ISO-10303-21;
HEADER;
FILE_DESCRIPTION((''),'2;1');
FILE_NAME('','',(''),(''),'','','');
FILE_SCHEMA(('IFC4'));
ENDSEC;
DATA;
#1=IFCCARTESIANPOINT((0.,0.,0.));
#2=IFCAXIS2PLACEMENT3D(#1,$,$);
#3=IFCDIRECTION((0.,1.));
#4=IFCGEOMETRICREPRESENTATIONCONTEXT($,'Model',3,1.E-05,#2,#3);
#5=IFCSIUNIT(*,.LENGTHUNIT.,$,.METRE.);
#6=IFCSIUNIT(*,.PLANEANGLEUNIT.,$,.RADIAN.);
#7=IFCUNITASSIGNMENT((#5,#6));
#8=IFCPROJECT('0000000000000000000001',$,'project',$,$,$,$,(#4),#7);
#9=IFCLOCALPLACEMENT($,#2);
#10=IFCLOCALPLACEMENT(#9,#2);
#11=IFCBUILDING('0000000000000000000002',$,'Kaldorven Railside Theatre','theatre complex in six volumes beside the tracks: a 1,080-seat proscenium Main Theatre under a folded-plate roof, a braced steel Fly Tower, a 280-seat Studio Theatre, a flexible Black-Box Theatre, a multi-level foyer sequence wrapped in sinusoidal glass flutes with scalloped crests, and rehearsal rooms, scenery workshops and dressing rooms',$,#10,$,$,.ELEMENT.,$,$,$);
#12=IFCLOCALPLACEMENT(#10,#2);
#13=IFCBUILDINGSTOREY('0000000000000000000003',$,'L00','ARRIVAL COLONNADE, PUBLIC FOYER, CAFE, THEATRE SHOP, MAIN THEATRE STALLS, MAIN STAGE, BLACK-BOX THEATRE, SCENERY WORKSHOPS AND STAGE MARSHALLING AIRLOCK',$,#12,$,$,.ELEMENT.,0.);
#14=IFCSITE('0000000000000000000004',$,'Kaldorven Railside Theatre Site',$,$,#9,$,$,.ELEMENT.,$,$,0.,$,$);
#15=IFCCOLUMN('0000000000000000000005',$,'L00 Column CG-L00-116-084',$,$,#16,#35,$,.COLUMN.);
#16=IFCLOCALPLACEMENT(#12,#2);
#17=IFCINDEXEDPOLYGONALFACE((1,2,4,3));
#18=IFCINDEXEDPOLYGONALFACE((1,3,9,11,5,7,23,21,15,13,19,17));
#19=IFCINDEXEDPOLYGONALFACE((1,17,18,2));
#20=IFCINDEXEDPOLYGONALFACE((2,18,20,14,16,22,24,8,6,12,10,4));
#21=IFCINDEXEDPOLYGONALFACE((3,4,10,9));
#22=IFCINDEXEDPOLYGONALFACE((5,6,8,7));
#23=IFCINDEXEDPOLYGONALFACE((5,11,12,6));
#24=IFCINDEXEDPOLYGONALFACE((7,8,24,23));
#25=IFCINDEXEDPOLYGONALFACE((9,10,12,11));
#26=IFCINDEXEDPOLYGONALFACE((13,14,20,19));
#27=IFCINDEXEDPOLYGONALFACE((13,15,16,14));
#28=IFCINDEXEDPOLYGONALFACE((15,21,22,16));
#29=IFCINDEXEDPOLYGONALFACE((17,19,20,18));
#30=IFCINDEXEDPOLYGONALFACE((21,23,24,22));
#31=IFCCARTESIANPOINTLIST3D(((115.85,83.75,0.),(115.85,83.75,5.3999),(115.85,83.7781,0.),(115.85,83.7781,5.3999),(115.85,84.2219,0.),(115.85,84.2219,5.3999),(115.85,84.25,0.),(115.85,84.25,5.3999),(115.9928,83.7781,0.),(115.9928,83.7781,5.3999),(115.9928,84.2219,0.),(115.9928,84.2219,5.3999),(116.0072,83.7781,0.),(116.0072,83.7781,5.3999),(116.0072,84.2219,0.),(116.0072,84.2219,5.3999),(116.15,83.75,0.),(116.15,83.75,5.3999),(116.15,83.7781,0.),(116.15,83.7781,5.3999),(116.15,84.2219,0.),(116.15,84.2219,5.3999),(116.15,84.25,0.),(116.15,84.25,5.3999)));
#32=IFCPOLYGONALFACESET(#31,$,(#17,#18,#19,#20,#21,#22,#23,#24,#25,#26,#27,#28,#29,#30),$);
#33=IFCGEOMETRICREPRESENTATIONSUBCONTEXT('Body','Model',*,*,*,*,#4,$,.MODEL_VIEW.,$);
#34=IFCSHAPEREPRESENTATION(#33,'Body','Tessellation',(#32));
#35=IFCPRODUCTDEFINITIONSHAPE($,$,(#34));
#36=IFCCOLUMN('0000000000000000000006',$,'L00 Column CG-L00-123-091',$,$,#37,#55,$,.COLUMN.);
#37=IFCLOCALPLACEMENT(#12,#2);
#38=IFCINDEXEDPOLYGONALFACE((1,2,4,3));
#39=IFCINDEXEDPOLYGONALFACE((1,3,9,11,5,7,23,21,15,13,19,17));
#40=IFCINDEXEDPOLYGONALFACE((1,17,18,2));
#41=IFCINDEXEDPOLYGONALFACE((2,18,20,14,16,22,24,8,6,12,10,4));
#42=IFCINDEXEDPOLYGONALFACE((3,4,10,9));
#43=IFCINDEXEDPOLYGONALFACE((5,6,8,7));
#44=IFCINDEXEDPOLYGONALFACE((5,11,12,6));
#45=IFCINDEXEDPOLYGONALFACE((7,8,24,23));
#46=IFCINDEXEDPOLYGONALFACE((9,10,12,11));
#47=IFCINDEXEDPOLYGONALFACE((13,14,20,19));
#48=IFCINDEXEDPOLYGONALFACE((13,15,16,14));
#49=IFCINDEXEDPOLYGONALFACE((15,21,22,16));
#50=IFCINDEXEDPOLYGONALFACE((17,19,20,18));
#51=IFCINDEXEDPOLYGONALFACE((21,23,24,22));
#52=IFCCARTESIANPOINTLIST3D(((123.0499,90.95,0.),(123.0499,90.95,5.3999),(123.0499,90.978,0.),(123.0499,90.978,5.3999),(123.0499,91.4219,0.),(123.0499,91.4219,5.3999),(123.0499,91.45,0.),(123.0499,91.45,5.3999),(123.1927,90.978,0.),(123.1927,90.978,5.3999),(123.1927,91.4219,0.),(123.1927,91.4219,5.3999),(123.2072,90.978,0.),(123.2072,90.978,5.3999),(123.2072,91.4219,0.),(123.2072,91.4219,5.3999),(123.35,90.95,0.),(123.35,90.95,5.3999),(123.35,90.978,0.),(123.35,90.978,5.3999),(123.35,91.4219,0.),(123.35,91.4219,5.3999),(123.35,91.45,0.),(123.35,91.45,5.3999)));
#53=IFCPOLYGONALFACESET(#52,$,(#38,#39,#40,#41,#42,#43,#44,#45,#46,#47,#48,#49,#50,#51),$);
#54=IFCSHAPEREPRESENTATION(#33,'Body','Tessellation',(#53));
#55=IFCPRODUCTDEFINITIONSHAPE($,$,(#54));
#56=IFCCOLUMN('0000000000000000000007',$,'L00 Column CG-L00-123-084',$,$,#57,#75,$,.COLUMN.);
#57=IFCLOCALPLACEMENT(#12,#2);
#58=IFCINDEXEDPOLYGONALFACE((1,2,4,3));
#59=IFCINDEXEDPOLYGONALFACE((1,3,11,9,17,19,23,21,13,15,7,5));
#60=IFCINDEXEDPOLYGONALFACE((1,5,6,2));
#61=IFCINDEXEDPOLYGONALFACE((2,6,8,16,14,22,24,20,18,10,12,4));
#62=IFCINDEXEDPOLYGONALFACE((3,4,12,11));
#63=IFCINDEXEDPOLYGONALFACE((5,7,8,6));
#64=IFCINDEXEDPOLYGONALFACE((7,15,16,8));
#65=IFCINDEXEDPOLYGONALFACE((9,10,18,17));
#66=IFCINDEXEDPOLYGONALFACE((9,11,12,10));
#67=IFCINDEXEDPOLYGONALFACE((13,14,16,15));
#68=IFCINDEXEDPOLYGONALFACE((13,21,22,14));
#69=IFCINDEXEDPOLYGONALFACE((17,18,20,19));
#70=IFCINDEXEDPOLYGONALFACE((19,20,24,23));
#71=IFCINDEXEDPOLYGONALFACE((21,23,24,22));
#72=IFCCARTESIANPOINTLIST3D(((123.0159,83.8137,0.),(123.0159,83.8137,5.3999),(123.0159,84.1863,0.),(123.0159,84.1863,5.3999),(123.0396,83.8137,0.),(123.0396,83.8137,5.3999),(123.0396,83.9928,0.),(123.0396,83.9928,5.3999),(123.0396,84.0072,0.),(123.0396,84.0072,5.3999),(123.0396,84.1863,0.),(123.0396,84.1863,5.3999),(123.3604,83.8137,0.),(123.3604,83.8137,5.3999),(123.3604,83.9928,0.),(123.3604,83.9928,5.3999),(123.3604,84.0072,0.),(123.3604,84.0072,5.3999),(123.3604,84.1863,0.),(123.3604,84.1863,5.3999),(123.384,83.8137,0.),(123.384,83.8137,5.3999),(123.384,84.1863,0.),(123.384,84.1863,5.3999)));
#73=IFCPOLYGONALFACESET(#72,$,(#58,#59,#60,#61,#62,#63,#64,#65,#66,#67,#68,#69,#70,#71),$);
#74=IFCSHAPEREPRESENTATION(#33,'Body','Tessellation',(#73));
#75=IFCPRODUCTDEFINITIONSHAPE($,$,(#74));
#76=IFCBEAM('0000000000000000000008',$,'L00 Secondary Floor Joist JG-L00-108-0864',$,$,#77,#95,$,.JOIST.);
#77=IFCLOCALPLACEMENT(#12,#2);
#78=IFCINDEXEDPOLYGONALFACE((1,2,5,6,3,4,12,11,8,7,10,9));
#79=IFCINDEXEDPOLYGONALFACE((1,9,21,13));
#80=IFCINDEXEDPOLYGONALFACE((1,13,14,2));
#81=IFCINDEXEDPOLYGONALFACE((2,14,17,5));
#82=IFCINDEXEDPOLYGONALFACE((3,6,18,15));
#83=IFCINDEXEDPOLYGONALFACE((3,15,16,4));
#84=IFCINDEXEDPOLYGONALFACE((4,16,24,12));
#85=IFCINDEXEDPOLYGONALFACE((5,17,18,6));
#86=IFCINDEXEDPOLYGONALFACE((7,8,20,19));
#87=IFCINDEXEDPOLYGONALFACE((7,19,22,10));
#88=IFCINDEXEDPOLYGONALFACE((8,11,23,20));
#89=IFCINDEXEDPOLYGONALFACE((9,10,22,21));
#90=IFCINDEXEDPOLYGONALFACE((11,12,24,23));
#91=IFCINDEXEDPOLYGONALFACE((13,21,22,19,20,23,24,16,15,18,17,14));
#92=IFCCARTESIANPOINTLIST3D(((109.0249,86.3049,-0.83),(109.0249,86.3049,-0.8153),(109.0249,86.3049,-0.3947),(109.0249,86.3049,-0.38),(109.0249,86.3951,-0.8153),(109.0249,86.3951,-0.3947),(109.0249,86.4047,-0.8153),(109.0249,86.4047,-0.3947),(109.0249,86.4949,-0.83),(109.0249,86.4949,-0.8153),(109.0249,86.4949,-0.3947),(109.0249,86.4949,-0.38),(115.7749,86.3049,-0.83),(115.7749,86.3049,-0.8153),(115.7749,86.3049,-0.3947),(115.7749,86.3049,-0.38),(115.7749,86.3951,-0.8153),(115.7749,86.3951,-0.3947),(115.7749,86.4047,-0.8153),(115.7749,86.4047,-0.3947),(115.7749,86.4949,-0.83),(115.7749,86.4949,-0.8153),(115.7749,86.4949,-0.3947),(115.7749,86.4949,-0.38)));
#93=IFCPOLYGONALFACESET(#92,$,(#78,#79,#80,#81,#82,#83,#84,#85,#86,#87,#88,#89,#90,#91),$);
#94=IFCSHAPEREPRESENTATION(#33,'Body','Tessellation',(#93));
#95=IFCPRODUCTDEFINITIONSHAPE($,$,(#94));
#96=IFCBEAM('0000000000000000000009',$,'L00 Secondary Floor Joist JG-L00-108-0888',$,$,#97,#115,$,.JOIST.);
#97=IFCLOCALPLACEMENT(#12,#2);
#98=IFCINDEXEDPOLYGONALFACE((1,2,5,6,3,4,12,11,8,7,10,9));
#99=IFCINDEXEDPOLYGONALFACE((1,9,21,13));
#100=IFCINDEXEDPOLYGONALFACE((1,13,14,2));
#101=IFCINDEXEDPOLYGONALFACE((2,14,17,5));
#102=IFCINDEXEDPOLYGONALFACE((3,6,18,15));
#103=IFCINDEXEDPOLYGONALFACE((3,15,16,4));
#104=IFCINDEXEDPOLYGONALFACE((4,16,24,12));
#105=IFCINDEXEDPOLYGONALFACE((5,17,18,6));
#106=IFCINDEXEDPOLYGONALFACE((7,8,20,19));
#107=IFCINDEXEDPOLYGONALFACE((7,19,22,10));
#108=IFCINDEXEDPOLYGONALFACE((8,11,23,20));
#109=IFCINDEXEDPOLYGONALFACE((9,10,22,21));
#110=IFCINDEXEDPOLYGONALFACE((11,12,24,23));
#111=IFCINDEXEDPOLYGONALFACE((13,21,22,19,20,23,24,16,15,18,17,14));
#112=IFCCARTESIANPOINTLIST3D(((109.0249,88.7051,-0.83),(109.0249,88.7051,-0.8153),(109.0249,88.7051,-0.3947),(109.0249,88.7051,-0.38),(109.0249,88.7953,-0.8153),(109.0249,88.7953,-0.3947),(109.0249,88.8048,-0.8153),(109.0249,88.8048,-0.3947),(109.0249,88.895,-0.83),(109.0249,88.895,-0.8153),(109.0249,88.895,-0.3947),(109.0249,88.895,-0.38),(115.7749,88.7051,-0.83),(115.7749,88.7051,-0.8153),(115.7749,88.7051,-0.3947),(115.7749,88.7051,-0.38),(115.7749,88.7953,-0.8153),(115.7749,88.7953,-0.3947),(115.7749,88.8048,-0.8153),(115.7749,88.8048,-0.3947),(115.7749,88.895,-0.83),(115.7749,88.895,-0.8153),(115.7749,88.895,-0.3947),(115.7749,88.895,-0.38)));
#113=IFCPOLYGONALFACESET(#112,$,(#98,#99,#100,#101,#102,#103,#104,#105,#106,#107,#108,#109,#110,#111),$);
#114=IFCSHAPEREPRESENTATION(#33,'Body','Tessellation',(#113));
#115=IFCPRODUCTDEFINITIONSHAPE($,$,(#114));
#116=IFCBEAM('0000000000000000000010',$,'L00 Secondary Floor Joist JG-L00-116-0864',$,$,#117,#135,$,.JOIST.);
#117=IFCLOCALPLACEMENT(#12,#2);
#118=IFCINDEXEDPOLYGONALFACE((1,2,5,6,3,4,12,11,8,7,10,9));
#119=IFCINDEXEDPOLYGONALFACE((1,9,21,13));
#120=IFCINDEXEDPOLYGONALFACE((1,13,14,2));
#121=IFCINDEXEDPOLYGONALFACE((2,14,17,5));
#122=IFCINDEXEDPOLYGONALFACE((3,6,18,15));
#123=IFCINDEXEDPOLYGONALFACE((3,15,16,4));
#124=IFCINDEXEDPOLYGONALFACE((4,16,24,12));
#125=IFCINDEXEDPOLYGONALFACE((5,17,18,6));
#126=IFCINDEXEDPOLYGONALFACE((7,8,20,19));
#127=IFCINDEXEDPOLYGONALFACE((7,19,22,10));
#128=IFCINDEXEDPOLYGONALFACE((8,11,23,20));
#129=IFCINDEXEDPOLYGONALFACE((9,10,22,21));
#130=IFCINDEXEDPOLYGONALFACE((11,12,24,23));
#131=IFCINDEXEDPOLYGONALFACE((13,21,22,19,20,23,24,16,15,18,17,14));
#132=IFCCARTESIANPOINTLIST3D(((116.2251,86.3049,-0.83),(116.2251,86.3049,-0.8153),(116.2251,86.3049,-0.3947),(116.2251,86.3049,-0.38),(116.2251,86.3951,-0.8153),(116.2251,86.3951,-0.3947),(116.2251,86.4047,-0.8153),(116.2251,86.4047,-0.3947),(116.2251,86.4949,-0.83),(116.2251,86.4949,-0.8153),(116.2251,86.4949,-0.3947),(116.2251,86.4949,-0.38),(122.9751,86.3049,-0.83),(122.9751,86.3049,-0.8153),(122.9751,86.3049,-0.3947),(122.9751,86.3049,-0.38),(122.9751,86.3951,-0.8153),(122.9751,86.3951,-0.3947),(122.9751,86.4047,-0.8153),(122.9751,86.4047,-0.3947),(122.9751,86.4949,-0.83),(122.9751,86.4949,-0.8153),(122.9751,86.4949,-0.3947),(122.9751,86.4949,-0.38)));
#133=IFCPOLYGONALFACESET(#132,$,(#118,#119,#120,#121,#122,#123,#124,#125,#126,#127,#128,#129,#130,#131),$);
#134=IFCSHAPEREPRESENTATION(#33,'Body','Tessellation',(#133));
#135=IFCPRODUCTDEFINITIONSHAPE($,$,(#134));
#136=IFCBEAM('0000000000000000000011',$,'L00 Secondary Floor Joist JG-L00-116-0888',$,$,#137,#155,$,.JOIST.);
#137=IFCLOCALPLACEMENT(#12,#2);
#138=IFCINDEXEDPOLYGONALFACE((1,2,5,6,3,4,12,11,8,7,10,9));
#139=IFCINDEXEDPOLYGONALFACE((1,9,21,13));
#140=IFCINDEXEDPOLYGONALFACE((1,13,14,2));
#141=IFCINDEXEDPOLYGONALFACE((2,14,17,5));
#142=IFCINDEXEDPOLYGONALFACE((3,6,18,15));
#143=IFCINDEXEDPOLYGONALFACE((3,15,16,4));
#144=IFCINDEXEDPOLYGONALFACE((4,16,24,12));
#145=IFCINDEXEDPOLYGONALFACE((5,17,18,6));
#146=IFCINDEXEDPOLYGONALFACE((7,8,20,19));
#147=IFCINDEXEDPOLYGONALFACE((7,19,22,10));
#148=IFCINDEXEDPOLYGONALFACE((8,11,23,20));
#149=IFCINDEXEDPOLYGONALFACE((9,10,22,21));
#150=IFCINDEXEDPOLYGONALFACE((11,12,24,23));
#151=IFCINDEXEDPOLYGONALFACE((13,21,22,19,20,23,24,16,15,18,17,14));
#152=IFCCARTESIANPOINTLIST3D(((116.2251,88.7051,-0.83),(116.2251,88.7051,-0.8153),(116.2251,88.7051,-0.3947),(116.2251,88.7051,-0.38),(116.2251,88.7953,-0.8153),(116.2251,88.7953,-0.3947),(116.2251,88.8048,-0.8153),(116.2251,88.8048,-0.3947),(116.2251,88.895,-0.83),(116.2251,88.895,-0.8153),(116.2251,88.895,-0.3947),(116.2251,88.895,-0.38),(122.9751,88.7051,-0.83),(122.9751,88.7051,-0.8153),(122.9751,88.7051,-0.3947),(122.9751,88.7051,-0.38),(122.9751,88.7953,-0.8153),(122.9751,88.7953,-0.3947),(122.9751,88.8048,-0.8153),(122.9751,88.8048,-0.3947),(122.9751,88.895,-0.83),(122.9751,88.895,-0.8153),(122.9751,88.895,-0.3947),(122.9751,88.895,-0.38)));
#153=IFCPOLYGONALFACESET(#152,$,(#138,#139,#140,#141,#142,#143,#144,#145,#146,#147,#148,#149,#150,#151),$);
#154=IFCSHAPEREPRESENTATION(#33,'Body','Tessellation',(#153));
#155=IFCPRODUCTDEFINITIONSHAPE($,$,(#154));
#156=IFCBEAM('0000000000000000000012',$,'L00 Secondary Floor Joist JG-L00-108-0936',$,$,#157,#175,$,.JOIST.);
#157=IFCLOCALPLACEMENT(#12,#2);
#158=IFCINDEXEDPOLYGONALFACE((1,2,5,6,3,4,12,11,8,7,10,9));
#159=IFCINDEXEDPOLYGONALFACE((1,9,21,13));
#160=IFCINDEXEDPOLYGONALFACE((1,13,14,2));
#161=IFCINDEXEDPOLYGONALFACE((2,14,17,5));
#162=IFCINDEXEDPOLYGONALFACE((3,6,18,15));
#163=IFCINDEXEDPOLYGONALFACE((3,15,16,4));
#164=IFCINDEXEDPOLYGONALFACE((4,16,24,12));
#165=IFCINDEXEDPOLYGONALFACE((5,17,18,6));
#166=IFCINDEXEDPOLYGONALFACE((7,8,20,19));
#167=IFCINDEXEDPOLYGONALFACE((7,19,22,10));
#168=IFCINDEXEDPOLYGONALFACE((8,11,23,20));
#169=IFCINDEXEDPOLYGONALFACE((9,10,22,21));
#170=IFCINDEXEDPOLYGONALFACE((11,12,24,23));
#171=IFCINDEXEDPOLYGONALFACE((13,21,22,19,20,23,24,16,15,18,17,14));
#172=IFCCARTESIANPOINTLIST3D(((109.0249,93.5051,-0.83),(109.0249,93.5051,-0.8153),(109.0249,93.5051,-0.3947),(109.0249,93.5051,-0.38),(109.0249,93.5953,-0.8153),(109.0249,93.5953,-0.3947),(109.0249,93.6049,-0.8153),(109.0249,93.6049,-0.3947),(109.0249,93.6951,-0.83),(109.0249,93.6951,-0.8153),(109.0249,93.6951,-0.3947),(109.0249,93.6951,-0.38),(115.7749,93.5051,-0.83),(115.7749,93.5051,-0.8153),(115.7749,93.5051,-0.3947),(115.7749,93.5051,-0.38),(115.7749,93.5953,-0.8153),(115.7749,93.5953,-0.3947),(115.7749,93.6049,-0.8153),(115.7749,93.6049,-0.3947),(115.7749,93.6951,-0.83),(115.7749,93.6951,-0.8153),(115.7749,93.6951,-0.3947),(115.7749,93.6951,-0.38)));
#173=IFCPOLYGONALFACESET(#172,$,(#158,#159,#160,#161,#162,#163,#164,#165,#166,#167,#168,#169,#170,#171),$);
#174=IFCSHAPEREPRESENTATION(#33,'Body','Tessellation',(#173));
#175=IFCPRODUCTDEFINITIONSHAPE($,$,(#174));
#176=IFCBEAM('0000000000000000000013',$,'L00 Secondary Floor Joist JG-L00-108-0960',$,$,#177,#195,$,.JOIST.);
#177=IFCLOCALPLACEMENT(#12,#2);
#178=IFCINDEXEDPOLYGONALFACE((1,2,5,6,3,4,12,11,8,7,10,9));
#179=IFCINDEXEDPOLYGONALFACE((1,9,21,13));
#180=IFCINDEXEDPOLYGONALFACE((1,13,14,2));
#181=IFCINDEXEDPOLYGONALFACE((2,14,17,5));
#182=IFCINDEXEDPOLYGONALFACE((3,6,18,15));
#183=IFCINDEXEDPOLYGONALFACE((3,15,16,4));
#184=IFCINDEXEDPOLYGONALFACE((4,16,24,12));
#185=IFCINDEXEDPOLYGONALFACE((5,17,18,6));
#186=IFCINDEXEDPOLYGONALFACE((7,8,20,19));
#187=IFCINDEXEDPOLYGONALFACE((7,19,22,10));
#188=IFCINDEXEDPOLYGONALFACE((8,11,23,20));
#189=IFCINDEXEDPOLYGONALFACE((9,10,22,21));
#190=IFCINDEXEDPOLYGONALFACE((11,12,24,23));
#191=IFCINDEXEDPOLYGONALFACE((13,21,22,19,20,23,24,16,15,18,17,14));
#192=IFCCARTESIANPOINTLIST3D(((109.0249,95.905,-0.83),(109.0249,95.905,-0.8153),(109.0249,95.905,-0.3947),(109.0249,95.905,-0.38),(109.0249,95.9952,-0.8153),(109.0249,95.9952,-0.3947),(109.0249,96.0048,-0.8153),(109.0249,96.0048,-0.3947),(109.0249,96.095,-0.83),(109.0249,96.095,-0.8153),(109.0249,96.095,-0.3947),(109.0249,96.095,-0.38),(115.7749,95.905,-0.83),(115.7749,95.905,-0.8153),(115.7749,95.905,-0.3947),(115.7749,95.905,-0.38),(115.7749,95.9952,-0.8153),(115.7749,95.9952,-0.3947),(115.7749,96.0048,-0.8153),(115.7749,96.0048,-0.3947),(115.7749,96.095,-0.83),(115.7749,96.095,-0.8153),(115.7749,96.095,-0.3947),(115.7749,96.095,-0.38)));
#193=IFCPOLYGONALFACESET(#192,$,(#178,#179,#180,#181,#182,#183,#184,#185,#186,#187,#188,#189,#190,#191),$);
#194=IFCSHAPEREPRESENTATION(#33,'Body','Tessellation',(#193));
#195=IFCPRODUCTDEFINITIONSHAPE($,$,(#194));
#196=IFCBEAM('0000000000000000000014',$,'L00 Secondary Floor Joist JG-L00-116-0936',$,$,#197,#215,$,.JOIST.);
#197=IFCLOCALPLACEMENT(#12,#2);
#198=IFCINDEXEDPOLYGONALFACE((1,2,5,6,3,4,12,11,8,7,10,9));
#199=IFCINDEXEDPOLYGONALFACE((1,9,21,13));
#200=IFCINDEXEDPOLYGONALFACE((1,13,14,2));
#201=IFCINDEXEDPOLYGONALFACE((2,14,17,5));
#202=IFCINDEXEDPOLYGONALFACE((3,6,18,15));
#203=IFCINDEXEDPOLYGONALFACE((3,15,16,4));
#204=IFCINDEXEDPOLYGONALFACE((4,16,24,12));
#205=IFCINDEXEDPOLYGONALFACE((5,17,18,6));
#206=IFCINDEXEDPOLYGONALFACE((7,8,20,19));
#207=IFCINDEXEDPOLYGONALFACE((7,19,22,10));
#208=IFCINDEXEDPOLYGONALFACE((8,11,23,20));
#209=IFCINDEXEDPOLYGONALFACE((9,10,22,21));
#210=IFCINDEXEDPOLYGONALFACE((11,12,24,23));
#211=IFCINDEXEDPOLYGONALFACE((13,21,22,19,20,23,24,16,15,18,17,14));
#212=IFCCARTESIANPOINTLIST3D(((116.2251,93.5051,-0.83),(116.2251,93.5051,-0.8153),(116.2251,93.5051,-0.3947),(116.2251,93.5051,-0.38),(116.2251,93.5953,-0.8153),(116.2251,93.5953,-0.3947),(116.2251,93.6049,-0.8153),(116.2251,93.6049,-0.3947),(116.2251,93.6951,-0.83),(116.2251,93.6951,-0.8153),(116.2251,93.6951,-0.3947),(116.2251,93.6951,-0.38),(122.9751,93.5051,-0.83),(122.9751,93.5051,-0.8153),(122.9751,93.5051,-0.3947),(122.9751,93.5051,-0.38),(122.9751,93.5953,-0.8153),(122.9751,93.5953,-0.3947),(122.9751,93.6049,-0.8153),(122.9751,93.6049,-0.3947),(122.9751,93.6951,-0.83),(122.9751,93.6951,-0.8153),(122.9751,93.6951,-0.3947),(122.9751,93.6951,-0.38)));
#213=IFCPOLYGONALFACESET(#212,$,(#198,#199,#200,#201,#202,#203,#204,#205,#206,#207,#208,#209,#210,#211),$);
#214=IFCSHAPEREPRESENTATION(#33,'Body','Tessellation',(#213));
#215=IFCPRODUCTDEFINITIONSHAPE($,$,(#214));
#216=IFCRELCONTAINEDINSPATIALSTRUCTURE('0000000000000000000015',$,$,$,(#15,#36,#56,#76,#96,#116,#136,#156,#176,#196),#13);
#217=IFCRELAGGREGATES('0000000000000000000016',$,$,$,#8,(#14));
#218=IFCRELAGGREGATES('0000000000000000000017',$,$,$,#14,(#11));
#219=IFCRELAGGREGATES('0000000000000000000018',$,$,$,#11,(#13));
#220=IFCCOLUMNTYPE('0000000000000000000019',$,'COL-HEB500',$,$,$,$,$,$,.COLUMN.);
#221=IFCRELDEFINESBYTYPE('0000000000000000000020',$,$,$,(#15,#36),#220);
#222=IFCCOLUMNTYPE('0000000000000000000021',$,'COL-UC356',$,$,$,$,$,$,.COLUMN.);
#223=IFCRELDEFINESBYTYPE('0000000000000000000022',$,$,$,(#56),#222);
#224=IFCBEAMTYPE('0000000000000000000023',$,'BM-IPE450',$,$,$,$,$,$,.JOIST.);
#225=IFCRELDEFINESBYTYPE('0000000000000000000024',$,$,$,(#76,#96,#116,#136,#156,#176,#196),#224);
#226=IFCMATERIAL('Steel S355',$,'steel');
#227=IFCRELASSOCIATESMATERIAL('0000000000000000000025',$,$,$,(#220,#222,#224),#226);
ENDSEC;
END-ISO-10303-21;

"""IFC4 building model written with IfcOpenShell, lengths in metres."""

from ifc_helpers import new_model, si_unit, direction, frame, origin, origin_2d, place, context, subcontext, project, spatial, i_section, extrude, material, material_profile, profile_set, type_object, element, save


model = new_model("IFC4")

# Units and contexts
model_context = context("Model", 3, precision=1e-05, world=origin(), true_north=direction((0.0, 1.0)))
body_context = subcontext(model_context, "Body", "Model", "MODEL_VIEW")
ifc_project = project(units=[si_unit("LENGTHUNIT", "METRE"), si_unit("PLANEANGLEUNIT", "RADIAN")], contexts=[model_context])

# Site, building, storey
site_placement = place(None, origin())
site = spatial("IfcSite", under=ifc_project, at=site_placement, Name="Kaldorven Railside Theatre Site", CompositionType="ELEMENT", RefElevation=0.0)
building_placement = place(site_placement, origin())
building = spatial("IfcBuilding", under=site, at=building_placement, Name="Kaldorven Railside Theatre", Description="theatre complex in six volumes beside the tracks: a 1,080-seat proscenium Main Theatre under a folded-plate roof, a braced steel Fly Tower, a 280-seat Studio Theatre, a flexible Black-Box Theatre, a multi-level foyer sequence wrapped in sinusoidal glass flutes with scalloped crests, and rehearsal rooms, scenery workshops and dressing rooms", CompositionType="ELEMENT")
storey_placement = place(building_placement, origin())
storey = spatial("IfcBuildingStorey", under=building, at=storey_placement, Name="L00", Description="ARRIVAL COLONNADE, PUBLIC FOYER, CAFE, THEATRE SHOP, MAIN THEATRE STALLS, MAIN STAGE, BLACK-BOX THEATRE, SCENERY WORKSHOPS AND STAGE MARSHALLING AIRLOCK", CompositionType="ELEMENT", Elevation=0.0)

# Columns
ifc_material_1 = material(Name="Steel S355", Category="steel")
ifc_material_profile_1 = material_profile(ifc_material_1, i_section(OverallWidth=0.3, OverallDepth=0.5, WebThickness=0.0144, FlangeThickness=0.0281, at=origin_2d()), Name="HEB 500")
ifc_profile_set_1 = profile_set([ifc_material_profile_1], Name="Steel S355")
column_type_1 = type_object("IfcColumnType", Name="COL-HEB500", PredefinedType="COLUMN", material=ifc_profile_set_1)
for number, where, z_axis, x_axis, name in (
    (1, (116.0, 84.0, 0.0), (0.0, 0.0, 1.0), (1.0, 0.0, 0.0), "L00 Column CG-L00-116-084"),
    (2, (123.2, 91.2, 0.0), (0.0, 0.0, 1.0), (1.0, 0.0, 0.0), "L00 Column CG-L00-123-091"),
):
    element("IfcColumn", number, at=place(storey_placement, frame(where, z_axis=z_axis, x_axis=x_axis)), inside=storey, type_object=column_type_1, Name=name, PredefinedType="COLUMN", context=body_context, shape_type="SweptSolid", body=[
        extrude(i_section(OverallWidth=0.3, OverallDepth=0.5, WebThickness=0.0144, FlangeThickness=0.0281, at=origin_2d()), origin(), (0.0, 0.0, 1.0), 5.3999),
    ])
ifc_material_profile_2 = material_profile(ifc_material_1, i_section(OverallWidth=0.3726, OverallDepth=0.3682, WebThickness=0.0144, FlangeThickness=0.0237, at=origin_2d()), Name="UC 356x368x177")
ifc_profile_set_2 = profile_set([ifc_material_profile_2], Name="Steel S355")
column_type_2 = type_object("IfcColumnType", Name="COL-UC356", PredefinedType="COLUMN", material=ifc_profile_set_2)
column_placement = place(storey_placement, frame((123.2, 84.0, 0.0), z_axis=(0.0, 0.0, 1.0), x_axis=(0.0, 1.0, 0.0)))
element("IfcColumn", 3, at=column_placement, inside=storey, type_object=column_type_2, Name="L00 Column CG-L00-123-084", PredefinedType="COLUMN", context=body_context, shape_type="SweptSolid", body=[
    extrude(i_section(OverallWidth=0.3726, OverallDepth=0.3682, WebThickness=0.0144, FlangeThickness=0.0237, at=origin_2d()), origin(), (0.0, 0.0, 1.0), 5.3999),
])

# Beams
ifc_material_profile_3 = material_profile(ifc_material_1, i_section(OverallWidth=0.1899, OverallDepth=0.45, WebThickness=0.0095, FlangeThickness=0.0146, at=origin_2d()), Name="IPE 450")
ifc_profile_set_3 = profile_set([ifc_material_profile_3], Name="Steel S355")
beam_type_1 = type_object("IfcBeamType", Name="BM-IPE450", PredefinedType="JOIST", material=ifc_profile_set_3)
for number, where, z_axis, x_axis, name in (
    (4, (109.0249, 86.3999, -0.605), (1.0, 0.0, 0.0), (0.0, 1.0, 0.0), "L00 Secondary Floor Joist JG-L00-108-0864"),
    (5, (109.0249, 88.8, -0.605), (1.0, 0.0, 0.0), (0.0, 1.0, 0.0), "L00 Secondary Floor Joist JG-L00-108-0888"),
    (6, (116.2251, 86.3999, -0.605), (1.0, 0.0, 0.0), (0.0, 1.0, 0.0), "L00 Secondary Floor Joist JG-L00-116-0864"),
    (7, (116.2251, 88.8, -0.605), (1.0, 0.0, 0.0), (0.0, 1.0, 0.0), "L00 Secondary Floor Joist JG-L00-116-0888"),
    (8, (109.0249, 93.6001, -0.605), (1.0, 0.0, 0.0), (0.0, 1.0, 0.0), "L00 Secondary Floor Joist JG-L00-108-0936"),
    (9, (109.0249, 96.0, -0.605), (1.0, 0.0, 0.0), (0.0, 1.0, 0.0), "L00 Secondary Floor Joist JG-L00-108-0960"),
    (10, (116.2251, 93.6001, -0.605), (1.0, 0.0, 0.0), (0.0, 1.0, 0.0), "L00 Secondary Floor Joist JG-L00-116-0936"),
):
    element("IfcBeam", number, at=place(storey_placement, frame(where, z_axis=z_axis, x_axis=x_axis)), inside=storey, type_object=beam_type_1, Name=name, PredefinedType="JOIST", context=body_context, shape_type="SweptSolid", body=[
        extrude(i_section(OverallWidth=0.1899, OverallDepth=0.45, WebThickness=0.0095, FlangeThickness=0.0146, at=origin_2d()), origin(), (0.0, 0.0, 1.0), 6.75),
    ])

save(model, "model.ifc")
